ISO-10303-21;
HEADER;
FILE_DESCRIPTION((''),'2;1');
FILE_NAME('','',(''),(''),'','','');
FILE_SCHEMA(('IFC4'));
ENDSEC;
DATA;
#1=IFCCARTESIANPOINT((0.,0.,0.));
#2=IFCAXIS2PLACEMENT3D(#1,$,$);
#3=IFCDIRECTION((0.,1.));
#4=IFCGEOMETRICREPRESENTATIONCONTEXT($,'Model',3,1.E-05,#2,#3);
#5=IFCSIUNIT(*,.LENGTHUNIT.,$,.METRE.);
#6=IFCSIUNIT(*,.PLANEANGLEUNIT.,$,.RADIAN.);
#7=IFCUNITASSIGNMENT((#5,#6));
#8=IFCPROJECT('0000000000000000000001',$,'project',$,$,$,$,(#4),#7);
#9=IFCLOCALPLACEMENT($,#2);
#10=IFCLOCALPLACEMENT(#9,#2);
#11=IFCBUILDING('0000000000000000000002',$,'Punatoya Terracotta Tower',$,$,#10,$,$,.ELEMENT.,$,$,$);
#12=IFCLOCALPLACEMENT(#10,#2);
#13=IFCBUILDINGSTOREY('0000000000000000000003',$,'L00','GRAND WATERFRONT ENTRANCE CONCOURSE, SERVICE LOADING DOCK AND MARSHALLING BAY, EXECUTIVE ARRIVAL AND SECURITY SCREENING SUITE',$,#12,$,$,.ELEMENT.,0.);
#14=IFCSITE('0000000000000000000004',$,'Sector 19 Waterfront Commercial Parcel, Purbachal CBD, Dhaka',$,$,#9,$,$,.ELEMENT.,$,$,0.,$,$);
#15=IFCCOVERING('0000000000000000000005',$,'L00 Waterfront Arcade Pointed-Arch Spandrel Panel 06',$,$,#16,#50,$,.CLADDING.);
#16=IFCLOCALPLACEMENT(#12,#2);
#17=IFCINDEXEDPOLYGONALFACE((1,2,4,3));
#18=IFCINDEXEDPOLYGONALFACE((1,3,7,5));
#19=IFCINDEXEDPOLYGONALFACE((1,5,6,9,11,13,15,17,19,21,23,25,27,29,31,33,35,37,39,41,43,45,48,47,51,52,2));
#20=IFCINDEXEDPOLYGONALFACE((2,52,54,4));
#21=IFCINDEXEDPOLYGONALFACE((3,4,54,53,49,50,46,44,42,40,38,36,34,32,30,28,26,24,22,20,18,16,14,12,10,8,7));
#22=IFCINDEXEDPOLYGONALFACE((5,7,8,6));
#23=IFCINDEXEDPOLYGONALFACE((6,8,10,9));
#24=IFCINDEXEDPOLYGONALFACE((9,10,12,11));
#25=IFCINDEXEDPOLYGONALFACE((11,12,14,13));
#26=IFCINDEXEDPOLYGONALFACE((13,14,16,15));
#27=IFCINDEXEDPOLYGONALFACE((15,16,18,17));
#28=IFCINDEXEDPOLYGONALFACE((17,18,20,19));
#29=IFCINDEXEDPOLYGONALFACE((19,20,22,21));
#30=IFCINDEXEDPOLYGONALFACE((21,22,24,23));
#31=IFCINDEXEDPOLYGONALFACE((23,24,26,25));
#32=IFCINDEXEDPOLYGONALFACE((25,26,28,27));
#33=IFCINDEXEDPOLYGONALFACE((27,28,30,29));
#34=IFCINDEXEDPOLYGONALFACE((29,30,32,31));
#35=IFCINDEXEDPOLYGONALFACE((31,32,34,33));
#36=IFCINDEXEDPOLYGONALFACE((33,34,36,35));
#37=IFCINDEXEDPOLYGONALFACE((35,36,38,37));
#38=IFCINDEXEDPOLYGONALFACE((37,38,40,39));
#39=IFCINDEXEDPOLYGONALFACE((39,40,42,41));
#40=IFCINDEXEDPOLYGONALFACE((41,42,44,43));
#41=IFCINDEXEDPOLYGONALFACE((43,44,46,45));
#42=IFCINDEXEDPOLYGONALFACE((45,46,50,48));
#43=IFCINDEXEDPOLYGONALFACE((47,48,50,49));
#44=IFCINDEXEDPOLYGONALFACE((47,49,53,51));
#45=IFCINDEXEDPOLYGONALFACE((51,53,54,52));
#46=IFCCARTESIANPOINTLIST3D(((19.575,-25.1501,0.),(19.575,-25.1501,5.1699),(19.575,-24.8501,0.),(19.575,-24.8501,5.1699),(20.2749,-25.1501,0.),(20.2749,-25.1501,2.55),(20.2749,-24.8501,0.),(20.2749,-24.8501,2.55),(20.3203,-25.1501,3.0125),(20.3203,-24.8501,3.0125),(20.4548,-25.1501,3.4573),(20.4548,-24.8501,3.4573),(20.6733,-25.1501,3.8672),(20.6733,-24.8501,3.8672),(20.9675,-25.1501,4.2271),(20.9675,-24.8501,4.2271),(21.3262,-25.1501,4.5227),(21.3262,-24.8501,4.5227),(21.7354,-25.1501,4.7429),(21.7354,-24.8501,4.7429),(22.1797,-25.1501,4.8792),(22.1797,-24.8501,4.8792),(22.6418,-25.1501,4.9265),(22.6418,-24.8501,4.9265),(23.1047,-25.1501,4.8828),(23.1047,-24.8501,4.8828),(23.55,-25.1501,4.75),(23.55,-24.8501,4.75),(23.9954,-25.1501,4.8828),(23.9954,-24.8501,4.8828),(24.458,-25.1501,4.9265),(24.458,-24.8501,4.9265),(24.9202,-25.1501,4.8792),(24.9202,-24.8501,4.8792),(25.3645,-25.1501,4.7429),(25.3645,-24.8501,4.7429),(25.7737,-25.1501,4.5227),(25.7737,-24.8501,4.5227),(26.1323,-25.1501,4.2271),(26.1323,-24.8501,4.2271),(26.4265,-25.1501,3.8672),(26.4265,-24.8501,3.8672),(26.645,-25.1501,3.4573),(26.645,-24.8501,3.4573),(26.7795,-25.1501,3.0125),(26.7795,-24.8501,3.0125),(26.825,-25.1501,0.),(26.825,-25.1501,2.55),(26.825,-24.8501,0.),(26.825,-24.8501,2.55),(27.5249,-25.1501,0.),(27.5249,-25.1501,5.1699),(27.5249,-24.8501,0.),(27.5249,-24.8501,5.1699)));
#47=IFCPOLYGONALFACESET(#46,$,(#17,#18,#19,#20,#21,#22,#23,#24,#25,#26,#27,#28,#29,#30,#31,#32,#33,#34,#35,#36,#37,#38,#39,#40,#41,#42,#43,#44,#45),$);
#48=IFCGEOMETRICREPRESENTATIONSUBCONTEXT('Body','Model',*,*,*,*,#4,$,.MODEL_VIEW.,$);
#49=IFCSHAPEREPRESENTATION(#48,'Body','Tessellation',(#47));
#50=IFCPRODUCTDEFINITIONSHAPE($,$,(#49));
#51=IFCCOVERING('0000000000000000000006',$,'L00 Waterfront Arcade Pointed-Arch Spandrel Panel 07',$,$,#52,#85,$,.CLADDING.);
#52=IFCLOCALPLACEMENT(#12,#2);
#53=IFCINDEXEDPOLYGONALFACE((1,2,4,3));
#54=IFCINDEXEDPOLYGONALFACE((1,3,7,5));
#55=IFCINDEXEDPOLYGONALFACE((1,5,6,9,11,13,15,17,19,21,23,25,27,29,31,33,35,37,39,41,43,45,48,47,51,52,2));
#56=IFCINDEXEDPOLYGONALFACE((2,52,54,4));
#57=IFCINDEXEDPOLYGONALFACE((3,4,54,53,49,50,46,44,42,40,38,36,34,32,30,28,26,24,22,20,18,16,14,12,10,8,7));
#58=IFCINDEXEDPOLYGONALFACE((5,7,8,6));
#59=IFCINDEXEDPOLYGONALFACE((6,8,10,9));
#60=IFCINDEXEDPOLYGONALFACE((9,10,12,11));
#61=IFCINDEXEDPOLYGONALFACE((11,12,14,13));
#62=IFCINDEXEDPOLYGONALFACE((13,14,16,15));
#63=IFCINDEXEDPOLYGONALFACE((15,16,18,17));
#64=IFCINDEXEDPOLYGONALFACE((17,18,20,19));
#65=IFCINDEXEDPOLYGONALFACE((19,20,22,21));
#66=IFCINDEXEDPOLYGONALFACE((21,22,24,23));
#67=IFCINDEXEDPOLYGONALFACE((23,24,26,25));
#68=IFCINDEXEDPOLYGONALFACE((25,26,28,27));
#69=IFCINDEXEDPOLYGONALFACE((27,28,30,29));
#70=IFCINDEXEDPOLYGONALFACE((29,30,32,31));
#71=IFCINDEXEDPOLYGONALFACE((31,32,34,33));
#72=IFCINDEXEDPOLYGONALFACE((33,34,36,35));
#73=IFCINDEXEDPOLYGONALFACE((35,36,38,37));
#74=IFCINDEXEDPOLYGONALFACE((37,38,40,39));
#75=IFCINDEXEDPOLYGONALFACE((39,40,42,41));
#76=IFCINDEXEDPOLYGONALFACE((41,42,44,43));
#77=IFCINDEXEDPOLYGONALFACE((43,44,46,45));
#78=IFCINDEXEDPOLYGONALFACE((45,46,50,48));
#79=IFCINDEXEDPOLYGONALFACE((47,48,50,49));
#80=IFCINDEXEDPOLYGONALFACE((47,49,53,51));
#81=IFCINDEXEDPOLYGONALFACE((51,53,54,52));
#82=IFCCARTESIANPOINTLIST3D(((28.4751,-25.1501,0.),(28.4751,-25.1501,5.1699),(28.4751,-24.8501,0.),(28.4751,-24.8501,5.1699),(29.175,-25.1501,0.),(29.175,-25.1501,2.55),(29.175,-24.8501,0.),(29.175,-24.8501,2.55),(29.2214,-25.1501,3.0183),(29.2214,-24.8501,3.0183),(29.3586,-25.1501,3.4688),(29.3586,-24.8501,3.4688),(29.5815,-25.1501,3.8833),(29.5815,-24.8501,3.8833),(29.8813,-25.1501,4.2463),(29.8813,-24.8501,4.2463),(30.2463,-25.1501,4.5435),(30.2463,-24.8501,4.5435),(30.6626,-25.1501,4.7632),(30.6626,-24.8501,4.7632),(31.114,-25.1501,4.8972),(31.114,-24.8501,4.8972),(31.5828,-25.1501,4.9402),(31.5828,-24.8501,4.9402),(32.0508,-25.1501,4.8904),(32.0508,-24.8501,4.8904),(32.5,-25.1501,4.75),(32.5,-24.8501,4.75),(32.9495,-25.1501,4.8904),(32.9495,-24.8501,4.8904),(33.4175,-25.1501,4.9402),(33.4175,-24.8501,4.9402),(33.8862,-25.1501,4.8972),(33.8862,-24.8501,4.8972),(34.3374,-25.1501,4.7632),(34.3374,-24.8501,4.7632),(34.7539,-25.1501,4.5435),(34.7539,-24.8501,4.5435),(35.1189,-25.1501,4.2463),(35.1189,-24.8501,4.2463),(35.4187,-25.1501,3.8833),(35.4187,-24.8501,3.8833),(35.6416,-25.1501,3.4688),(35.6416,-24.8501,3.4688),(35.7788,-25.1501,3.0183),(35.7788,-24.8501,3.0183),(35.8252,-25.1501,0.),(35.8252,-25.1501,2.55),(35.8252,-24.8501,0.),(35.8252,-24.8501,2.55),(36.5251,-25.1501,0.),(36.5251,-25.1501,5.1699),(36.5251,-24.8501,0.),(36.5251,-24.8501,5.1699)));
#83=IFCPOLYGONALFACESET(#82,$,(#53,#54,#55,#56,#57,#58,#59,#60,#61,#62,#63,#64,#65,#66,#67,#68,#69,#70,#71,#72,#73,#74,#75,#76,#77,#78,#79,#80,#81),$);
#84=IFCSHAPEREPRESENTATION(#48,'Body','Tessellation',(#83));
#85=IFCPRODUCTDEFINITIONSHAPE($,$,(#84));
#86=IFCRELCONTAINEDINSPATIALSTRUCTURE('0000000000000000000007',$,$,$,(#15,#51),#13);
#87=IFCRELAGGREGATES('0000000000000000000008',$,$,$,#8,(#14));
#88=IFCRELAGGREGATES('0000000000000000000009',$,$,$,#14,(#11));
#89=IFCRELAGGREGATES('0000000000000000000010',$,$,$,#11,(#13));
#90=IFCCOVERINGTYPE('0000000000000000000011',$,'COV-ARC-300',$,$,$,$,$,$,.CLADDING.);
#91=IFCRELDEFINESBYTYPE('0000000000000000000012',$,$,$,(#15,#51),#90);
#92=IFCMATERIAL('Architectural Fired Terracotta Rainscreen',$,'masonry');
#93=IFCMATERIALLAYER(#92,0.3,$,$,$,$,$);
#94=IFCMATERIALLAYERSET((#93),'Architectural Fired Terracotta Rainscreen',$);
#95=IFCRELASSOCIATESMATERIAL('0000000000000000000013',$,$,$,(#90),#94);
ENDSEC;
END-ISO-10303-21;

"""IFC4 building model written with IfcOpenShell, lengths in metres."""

from ifc_helpers import new_model, si_unit, direction, frame, origin, place, context, subcontext, project, spatial, polyline, outline, extrude, material, layer, layer_set, type_object, element, save


model = new_model("IFC4")

# Units and contexts
model_context = context("Model", 3, precision=1e-05, world=origin(), true_north=direction((0.0, 1.0)))
body_context = subcontext(model_context, "Body", "Model", "MODEL_VIEW")
ifc_project = project(units=[si_unit("LENGTHUNIT", "METRE"), si_unit("PLANEANGLEUNIT", "RADIAN")], contexts=[model_context])

# Site, building, storey
site_placement = place(None, origin())
site = spatial("IfcSite", under=ifc_project, at=site_placement, Name="Sector 19 Waterfront Commercial Parcel, Purbachal CBD, Dhaka", CompositionType="ELEMENT", RefElevation=0.0)
building_placement = place(site_placement, origin())
building = spatial("IfcBuilding", under=site, at=building_placement, Name="Punatoya Terracotta Tower", CompositionType="ELEMENT")
storey_placement = place(building_placement, origin())
storey = spatial("IfcBuildingStorey", under=building, at=storey_placement, Name="L00", Description="GRAND WATERFRONT ENTRANCE CONCOURSE, SERVICE LOADING DOCK AND MARSHALLING BAY, EXECUTIVE ARRIVAL AND SECURITY SCREENING SUITE", CompositionType="ELEMENT", Elevation=0.0)

# Coverings
ifc_material_1 = material(Name="Architectural Fired Terracotta Rainscreen", Category="masonry")
ifc_layer_1 = layer(ifc_material_1, 0.3)
ifc_layer_set_1 = layer_set([ifc_layer_1], Name="Architectural Fired Terracotta Rainscreen")
covering_type = type_object("IfcCoveringType", Name="COV-ARC-300", PredefinedType="CLADDING", material=ifc_layer_set_1)
covering_1_placement = place(storey_placement, frame((19.575, -25.0, 0.0), z_axis=(0.0, 0.0, 1.0), x_axis=(1.0, 0.0, 0.0)))
element("IfcCovering", 1, at=covering_1_placement, inside=storey, type_object=covering_type, Name="L00 Waterfront Arcade Pointed-Arch Spandrel Panel 06", PredefinedType="CLADDING", context=body_context, shape_type="SweptSolid", body=[
    extrude(outline(polyline([(0.0, 0.0), (0.7, 0.0), (0.7, 2.55), (0.7454, 3.0125), (0.8799, 3.4573), (1.0984, 3.8672), (1.3926, 4.2271), (1.7512, 4.5227), (2.1604, 4.7429), (2.6047, 4.8792), (3.0669, 4.9265), (3.5298, 4.8828), (3.9751, 4.75), (4.4204, 4.8828), (4.8831, 4.9265), (5.3452, 4.8792), (5.7896, 4.7429), (6.1987, 4.5227), (6.5574, 4.2271), (6.8516, 3.8672), (7.0701, 3.4573), (7.2046, 3.0125), (7.25, 2.55), (7.25, 0.0), (7.95, 0.0), (7.95, 5.1699), (0.0, 5.1699), (0.0, 0.0)])), frame((0.0, 0.1499, 0.0), z_axis=(0.0, -1.0, 0.0), x_axis=(1.0, 0.0, 0.0)), (0.0, 0.0, 1.0), 0.3),
])
covering_2_placement = place(storey_placement, frame((28.4751, -25.0, 0.0), z_axis=(0.0, 0.0, 1.0), x_axis=(1.0, 0.0, 0.0)))
element("IfcCovering", 2, at=covering_2_placement, inside=storey, type_object=covering_type, Name="L00 Waterfront Arcade Pointed-Arch Spandrel Panel 07", PredefinedType="CLADDING", context=body_context, shape_type="SweptSolid", body=[
    extrude(outline(polyline([(0.0, 0.0), (0.7, 0.0), (0.7, 2.55), (0.7463, 3.0183), (0.8835, 3.4688), (1.1064, 3.8833), (1.4062, 4.2463), (1.7712, 4.5435), (2.1875, 4.7632), (2.6389, 4.8972), (3.1077, 4.9402), (3.5757, 4.8904), (4.0249, 4.75), (4.4744, 4.8904), (4.9424, 4.9402), (5.4111, 4.8972), (5.8623, 4.7632), (6.2788, 4.5435), (6.6438, 4.2463), (6.9436, 3.8833), (7.1665, 3.4688), (7.3037, 3.0183), (7.3501, 2.55), (7.3501, 0.0), (8.05, 0.0), (8.05, 5.1699), (0.0, 5.1699), (0.0, 0.0)])), frame((0.0, 0.1499, 0.0), z_axis=(0.0, -1.0, 0.0), x_axis=(1.0, 0.0, 0.0)), (0.0, 0.0, 1.0), 0.3),
])

save(model, "model.ifc")
